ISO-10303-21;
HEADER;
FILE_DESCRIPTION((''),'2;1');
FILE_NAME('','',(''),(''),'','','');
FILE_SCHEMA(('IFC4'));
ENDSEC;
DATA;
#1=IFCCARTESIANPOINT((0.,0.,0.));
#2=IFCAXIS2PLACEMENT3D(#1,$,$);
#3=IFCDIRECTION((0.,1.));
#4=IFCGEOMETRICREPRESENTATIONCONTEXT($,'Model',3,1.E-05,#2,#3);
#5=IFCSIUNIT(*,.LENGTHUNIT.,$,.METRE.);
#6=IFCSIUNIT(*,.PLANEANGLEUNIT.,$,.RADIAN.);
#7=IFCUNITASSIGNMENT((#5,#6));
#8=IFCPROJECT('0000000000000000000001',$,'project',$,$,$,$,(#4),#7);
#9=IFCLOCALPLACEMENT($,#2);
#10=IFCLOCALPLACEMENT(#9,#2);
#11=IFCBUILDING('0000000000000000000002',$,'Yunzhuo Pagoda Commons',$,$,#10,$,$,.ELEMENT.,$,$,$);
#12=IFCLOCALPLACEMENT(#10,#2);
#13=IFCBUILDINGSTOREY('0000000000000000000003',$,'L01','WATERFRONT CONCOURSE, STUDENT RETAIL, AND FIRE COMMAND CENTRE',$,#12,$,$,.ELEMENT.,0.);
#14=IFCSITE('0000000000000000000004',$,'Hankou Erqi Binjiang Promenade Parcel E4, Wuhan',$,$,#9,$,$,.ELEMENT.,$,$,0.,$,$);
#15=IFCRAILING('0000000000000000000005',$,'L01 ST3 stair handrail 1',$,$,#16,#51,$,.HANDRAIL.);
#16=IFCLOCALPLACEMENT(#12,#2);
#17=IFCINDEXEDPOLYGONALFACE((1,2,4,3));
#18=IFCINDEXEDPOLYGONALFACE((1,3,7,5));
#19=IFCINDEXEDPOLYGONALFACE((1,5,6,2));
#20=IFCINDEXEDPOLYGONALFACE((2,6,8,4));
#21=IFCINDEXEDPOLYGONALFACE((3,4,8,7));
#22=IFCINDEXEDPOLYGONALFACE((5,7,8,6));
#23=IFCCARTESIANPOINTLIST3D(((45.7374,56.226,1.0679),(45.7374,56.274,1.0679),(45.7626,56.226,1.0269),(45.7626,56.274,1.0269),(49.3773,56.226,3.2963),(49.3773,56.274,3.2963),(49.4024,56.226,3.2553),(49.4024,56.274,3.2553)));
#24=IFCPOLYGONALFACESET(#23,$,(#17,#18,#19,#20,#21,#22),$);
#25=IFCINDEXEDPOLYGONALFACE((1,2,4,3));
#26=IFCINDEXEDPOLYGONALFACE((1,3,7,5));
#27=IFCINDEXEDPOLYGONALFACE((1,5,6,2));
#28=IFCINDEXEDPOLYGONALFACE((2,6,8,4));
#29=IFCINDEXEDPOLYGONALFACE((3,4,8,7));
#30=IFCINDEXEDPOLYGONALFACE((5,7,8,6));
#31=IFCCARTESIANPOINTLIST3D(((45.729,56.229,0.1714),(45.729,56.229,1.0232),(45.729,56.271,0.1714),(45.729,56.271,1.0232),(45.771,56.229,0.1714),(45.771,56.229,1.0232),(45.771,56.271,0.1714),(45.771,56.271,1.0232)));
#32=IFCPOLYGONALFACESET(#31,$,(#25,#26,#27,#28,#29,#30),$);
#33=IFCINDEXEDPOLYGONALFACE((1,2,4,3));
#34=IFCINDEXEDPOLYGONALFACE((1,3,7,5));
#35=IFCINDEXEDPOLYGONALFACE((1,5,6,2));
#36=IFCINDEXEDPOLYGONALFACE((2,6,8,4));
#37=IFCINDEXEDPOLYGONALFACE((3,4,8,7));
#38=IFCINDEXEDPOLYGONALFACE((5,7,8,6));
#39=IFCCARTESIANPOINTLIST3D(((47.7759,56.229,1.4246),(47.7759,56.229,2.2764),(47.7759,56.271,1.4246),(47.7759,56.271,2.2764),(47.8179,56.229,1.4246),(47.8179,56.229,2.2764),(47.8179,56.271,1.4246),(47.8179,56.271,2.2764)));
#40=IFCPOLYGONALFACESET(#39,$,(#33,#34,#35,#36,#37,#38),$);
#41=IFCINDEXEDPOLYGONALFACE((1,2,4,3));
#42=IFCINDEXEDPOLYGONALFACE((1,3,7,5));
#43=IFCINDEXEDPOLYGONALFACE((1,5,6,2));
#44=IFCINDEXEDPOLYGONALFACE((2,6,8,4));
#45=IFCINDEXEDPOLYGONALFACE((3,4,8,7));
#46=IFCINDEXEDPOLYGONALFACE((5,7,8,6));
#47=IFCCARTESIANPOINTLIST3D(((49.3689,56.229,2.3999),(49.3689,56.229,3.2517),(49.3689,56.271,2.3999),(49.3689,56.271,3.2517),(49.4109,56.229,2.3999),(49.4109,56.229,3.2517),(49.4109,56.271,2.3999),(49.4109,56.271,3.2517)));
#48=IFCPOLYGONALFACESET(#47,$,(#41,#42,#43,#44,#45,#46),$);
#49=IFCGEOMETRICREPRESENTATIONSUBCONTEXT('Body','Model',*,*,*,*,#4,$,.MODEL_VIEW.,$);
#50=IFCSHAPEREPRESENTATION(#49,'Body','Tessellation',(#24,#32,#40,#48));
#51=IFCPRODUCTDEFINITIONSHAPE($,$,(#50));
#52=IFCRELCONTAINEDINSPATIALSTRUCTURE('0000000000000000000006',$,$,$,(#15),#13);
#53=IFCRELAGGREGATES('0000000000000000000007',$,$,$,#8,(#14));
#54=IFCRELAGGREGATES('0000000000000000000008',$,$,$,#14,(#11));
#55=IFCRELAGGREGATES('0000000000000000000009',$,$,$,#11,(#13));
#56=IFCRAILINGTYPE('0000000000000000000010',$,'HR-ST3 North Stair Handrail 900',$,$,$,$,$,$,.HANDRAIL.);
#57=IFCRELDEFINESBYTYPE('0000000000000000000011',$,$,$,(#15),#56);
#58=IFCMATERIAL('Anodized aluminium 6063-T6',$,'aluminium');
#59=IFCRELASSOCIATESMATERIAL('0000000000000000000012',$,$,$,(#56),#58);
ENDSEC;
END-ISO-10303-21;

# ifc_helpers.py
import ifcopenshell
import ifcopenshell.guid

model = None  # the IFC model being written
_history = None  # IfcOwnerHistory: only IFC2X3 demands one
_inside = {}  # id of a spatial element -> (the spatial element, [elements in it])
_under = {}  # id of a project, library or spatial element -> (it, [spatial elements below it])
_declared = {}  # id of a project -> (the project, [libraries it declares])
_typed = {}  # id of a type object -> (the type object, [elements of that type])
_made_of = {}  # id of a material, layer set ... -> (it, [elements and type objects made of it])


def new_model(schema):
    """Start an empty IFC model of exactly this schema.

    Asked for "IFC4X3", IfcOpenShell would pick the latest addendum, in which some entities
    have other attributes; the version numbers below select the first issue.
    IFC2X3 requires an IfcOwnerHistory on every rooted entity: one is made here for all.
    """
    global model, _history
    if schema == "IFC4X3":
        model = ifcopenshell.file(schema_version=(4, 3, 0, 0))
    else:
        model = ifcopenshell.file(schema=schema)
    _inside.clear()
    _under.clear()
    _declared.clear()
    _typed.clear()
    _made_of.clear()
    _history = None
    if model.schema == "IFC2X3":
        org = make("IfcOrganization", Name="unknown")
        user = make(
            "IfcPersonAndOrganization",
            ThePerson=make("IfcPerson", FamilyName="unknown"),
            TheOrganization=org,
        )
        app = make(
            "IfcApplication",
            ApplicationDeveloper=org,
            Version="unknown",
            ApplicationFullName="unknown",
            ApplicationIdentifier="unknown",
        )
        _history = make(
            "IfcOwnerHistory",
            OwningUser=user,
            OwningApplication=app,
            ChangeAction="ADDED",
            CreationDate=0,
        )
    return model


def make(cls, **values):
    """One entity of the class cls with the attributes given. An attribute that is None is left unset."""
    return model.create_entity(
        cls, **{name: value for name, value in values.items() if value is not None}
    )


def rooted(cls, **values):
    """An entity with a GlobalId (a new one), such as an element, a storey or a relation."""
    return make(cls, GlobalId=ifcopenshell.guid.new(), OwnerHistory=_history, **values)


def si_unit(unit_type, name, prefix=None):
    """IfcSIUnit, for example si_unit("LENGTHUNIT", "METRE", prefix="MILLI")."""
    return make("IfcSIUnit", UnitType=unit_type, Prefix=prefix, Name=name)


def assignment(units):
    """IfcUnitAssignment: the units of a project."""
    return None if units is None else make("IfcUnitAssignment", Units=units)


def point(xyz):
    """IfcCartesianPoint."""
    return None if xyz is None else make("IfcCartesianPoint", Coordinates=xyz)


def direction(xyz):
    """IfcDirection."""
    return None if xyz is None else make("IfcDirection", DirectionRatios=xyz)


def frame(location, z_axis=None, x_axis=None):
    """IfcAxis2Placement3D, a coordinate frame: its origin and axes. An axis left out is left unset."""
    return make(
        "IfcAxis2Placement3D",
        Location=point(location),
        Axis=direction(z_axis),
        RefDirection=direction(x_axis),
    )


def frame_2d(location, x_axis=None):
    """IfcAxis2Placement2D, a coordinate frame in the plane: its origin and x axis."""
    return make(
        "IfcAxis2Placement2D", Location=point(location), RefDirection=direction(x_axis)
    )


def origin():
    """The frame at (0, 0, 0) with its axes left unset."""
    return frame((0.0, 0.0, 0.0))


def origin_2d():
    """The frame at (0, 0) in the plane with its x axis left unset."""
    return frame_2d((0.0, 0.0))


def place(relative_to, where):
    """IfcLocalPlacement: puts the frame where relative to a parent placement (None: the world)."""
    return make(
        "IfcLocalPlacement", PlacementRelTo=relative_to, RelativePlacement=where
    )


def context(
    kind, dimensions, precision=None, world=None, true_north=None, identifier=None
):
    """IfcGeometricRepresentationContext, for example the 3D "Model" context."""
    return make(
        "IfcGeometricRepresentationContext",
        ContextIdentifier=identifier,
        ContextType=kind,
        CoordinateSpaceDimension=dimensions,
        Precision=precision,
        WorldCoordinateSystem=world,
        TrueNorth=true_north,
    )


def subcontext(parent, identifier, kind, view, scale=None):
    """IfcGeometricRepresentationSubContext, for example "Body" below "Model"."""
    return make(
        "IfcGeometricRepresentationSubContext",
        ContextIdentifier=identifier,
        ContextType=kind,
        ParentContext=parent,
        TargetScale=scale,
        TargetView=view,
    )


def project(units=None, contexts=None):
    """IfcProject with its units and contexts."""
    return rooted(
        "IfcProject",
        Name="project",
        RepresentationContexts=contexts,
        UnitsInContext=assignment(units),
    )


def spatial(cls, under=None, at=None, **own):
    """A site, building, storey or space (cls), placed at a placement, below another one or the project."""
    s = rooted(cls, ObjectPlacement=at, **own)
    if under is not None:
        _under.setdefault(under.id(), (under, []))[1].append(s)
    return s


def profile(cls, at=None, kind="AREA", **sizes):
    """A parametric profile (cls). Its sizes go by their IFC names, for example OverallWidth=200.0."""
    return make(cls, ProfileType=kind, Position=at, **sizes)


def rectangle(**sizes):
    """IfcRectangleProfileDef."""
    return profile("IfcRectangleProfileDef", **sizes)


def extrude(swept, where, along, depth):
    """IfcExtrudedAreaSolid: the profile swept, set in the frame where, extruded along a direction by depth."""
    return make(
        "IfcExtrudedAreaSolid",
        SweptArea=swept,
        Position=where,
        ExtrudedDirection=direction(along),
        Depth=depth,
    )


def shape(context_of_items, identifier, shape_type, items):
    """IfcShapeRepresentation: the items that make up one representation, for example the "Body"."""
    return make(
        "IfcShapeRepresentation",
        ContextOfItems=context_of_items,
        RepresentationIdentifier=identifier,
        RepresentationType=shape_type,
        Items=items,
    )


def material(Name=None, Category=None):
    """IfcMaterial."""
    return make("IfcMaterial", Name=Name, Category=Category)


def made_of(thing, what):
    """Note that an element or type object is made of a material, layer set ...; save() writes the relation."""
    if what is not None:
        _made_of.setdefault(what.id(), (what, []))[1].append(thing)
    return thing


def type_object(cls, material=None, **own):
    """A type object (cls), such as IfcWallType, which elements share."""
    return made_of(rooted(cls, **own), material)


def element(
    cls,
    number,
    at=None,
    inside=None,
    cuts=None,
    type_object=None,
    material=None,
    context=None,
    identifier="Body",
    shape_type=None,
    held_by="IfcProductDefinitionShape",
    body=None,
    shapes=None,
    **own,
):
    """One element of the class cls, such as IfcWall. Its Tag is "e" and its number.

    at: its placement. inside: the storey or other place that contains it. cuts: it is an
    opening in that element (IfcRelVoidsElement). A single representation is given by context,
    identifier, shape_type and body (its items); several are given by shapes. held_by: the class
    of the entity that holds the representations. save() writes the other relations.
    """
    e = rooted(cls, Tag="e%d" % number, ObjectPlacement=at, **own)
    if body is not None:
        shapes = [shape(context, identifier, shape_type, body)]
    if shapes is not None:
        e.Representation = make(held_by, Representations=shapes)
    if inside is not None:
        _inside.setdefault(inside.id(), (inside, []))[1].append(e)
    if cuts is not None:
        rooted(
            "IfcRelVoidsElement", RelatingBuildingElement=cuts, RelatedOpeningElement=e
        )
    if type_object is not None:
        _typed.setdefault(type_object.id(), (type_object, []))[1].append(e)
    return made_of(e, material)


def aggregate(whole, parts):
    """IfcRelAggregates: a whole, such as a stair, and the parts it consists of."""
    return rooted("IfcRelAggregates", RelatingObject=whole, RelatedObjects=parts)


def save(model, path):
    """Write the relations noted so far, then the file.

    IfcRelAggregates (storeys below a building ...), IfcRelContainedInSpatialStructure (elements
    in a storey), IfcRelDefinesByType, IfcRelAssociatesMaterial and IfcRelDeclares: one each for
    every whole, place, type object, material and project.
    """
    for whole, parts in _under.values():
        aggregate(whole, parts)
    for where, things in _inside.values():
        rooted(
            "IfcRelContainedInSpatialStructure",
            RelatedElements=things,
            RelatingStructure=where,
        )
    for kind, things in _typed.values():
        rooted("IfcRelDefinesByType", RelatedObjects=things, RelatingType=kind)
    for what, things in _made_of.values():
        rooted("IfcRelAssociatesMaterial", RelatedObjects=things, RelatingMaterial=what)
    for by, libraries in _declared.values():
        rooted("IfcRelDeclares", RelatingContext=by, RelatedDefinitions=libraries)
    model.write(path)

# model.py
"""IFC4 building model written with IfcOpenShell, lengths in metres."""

from ifc_helpers import new_model, si_unit, direction, frame, origin, origin_2d, place, context, subcontext, project, spatial, rectangle, extrude, material, type_object, element, save


model = new_model("IFC4")

# Units and contexts
model_context = context("Model", 3, precision=1e-05, world=origin(), true_north=direction((0.0, 1.0)))
body_context = subcontext(model_context, "Body", "Model", "MODEL_VIEW")
ifc_project = project(units=[si_unit("LENGTHUNIT", "METRE"), si_unit("PLANEANGLEUNIT", "RADIAN")], contexts=[model_context])

# Site, building, storey
site_placement = place(None, origin())
site = spatial("IfcSite", under=ifc_project, at=site_placement, Name="Hankou Erqi Binjiang Promenade Parcel E4, Wuhan", CompositionType="ELEMENT", RefElevation=0.0)
building_placement = place(site_placement, origin())
building = spatial("IfcBuilding", under=site, at=building_placement, Name="Yunzhuo Pagoda Commons", CompositionType="ELEMENT")
storey_placement = place(building_placement, origin())
storey = spatial("IfcBuildingStorey", under=building, at=storey_placement, Name="L01", Description="WATERFRONT CONCOURSE, STUDENT RETAIL, AND FIRE COMMAND CENTRE", CompositionType="ELEMENT", Elevation=0.0)

# Railing
ifc_material_1 = material(Name="Anodized aluminium 6063-T6", Category="aluminium")
railing_type_1 = type_object("IfcRailingType", Name="HR-ST3 North Stair Handrail 900", PredefinedType="HANDRAIL", material=ifc_material_1)
railing_1_placement = place(storey_placement, frame((45.75, 56.25, 0.1714)))
element("IfcRailing", 1, at=railing_1_placement, inside=storey, type_object=railing_type_1, Name="L01 ST3 stair handrail 1", PredefinedType="HANDRAIL", context=body_context, shape_type="SweptSolid", body=[
    extrude(rectangle(XDim=0.0481, YDim=0.0481, at=origin_2d()), frame((0.0, 0.0, 0.876), z_axis=(0.85285, 0.0, 0.522156), x_axis=(0.0, 1.0, 0.0)), (0.0, 0.0, 1.0), 4.2678),
    extrude(rectangle(XDim=0.042, YDim=0.042, at=origin_2d()), origin(), (0.0, 0.0, 1.0), 0.8518),
    extrude(rectangle(XDim=0.042, YDim=0.042, at=origin_2d()), frame((2.0469, 0.0, 1.2532)), (0.0, 0.0, 1.0), 0.8518),
    extrude(rectangle(XDim=0.042, YDim=0.042, at=origin_2d()), frame((3.6399, 0.0, 2.2285)), (0.0, 0.0, 1.0), 0.8518),
])

save(model, "model.ifc")
